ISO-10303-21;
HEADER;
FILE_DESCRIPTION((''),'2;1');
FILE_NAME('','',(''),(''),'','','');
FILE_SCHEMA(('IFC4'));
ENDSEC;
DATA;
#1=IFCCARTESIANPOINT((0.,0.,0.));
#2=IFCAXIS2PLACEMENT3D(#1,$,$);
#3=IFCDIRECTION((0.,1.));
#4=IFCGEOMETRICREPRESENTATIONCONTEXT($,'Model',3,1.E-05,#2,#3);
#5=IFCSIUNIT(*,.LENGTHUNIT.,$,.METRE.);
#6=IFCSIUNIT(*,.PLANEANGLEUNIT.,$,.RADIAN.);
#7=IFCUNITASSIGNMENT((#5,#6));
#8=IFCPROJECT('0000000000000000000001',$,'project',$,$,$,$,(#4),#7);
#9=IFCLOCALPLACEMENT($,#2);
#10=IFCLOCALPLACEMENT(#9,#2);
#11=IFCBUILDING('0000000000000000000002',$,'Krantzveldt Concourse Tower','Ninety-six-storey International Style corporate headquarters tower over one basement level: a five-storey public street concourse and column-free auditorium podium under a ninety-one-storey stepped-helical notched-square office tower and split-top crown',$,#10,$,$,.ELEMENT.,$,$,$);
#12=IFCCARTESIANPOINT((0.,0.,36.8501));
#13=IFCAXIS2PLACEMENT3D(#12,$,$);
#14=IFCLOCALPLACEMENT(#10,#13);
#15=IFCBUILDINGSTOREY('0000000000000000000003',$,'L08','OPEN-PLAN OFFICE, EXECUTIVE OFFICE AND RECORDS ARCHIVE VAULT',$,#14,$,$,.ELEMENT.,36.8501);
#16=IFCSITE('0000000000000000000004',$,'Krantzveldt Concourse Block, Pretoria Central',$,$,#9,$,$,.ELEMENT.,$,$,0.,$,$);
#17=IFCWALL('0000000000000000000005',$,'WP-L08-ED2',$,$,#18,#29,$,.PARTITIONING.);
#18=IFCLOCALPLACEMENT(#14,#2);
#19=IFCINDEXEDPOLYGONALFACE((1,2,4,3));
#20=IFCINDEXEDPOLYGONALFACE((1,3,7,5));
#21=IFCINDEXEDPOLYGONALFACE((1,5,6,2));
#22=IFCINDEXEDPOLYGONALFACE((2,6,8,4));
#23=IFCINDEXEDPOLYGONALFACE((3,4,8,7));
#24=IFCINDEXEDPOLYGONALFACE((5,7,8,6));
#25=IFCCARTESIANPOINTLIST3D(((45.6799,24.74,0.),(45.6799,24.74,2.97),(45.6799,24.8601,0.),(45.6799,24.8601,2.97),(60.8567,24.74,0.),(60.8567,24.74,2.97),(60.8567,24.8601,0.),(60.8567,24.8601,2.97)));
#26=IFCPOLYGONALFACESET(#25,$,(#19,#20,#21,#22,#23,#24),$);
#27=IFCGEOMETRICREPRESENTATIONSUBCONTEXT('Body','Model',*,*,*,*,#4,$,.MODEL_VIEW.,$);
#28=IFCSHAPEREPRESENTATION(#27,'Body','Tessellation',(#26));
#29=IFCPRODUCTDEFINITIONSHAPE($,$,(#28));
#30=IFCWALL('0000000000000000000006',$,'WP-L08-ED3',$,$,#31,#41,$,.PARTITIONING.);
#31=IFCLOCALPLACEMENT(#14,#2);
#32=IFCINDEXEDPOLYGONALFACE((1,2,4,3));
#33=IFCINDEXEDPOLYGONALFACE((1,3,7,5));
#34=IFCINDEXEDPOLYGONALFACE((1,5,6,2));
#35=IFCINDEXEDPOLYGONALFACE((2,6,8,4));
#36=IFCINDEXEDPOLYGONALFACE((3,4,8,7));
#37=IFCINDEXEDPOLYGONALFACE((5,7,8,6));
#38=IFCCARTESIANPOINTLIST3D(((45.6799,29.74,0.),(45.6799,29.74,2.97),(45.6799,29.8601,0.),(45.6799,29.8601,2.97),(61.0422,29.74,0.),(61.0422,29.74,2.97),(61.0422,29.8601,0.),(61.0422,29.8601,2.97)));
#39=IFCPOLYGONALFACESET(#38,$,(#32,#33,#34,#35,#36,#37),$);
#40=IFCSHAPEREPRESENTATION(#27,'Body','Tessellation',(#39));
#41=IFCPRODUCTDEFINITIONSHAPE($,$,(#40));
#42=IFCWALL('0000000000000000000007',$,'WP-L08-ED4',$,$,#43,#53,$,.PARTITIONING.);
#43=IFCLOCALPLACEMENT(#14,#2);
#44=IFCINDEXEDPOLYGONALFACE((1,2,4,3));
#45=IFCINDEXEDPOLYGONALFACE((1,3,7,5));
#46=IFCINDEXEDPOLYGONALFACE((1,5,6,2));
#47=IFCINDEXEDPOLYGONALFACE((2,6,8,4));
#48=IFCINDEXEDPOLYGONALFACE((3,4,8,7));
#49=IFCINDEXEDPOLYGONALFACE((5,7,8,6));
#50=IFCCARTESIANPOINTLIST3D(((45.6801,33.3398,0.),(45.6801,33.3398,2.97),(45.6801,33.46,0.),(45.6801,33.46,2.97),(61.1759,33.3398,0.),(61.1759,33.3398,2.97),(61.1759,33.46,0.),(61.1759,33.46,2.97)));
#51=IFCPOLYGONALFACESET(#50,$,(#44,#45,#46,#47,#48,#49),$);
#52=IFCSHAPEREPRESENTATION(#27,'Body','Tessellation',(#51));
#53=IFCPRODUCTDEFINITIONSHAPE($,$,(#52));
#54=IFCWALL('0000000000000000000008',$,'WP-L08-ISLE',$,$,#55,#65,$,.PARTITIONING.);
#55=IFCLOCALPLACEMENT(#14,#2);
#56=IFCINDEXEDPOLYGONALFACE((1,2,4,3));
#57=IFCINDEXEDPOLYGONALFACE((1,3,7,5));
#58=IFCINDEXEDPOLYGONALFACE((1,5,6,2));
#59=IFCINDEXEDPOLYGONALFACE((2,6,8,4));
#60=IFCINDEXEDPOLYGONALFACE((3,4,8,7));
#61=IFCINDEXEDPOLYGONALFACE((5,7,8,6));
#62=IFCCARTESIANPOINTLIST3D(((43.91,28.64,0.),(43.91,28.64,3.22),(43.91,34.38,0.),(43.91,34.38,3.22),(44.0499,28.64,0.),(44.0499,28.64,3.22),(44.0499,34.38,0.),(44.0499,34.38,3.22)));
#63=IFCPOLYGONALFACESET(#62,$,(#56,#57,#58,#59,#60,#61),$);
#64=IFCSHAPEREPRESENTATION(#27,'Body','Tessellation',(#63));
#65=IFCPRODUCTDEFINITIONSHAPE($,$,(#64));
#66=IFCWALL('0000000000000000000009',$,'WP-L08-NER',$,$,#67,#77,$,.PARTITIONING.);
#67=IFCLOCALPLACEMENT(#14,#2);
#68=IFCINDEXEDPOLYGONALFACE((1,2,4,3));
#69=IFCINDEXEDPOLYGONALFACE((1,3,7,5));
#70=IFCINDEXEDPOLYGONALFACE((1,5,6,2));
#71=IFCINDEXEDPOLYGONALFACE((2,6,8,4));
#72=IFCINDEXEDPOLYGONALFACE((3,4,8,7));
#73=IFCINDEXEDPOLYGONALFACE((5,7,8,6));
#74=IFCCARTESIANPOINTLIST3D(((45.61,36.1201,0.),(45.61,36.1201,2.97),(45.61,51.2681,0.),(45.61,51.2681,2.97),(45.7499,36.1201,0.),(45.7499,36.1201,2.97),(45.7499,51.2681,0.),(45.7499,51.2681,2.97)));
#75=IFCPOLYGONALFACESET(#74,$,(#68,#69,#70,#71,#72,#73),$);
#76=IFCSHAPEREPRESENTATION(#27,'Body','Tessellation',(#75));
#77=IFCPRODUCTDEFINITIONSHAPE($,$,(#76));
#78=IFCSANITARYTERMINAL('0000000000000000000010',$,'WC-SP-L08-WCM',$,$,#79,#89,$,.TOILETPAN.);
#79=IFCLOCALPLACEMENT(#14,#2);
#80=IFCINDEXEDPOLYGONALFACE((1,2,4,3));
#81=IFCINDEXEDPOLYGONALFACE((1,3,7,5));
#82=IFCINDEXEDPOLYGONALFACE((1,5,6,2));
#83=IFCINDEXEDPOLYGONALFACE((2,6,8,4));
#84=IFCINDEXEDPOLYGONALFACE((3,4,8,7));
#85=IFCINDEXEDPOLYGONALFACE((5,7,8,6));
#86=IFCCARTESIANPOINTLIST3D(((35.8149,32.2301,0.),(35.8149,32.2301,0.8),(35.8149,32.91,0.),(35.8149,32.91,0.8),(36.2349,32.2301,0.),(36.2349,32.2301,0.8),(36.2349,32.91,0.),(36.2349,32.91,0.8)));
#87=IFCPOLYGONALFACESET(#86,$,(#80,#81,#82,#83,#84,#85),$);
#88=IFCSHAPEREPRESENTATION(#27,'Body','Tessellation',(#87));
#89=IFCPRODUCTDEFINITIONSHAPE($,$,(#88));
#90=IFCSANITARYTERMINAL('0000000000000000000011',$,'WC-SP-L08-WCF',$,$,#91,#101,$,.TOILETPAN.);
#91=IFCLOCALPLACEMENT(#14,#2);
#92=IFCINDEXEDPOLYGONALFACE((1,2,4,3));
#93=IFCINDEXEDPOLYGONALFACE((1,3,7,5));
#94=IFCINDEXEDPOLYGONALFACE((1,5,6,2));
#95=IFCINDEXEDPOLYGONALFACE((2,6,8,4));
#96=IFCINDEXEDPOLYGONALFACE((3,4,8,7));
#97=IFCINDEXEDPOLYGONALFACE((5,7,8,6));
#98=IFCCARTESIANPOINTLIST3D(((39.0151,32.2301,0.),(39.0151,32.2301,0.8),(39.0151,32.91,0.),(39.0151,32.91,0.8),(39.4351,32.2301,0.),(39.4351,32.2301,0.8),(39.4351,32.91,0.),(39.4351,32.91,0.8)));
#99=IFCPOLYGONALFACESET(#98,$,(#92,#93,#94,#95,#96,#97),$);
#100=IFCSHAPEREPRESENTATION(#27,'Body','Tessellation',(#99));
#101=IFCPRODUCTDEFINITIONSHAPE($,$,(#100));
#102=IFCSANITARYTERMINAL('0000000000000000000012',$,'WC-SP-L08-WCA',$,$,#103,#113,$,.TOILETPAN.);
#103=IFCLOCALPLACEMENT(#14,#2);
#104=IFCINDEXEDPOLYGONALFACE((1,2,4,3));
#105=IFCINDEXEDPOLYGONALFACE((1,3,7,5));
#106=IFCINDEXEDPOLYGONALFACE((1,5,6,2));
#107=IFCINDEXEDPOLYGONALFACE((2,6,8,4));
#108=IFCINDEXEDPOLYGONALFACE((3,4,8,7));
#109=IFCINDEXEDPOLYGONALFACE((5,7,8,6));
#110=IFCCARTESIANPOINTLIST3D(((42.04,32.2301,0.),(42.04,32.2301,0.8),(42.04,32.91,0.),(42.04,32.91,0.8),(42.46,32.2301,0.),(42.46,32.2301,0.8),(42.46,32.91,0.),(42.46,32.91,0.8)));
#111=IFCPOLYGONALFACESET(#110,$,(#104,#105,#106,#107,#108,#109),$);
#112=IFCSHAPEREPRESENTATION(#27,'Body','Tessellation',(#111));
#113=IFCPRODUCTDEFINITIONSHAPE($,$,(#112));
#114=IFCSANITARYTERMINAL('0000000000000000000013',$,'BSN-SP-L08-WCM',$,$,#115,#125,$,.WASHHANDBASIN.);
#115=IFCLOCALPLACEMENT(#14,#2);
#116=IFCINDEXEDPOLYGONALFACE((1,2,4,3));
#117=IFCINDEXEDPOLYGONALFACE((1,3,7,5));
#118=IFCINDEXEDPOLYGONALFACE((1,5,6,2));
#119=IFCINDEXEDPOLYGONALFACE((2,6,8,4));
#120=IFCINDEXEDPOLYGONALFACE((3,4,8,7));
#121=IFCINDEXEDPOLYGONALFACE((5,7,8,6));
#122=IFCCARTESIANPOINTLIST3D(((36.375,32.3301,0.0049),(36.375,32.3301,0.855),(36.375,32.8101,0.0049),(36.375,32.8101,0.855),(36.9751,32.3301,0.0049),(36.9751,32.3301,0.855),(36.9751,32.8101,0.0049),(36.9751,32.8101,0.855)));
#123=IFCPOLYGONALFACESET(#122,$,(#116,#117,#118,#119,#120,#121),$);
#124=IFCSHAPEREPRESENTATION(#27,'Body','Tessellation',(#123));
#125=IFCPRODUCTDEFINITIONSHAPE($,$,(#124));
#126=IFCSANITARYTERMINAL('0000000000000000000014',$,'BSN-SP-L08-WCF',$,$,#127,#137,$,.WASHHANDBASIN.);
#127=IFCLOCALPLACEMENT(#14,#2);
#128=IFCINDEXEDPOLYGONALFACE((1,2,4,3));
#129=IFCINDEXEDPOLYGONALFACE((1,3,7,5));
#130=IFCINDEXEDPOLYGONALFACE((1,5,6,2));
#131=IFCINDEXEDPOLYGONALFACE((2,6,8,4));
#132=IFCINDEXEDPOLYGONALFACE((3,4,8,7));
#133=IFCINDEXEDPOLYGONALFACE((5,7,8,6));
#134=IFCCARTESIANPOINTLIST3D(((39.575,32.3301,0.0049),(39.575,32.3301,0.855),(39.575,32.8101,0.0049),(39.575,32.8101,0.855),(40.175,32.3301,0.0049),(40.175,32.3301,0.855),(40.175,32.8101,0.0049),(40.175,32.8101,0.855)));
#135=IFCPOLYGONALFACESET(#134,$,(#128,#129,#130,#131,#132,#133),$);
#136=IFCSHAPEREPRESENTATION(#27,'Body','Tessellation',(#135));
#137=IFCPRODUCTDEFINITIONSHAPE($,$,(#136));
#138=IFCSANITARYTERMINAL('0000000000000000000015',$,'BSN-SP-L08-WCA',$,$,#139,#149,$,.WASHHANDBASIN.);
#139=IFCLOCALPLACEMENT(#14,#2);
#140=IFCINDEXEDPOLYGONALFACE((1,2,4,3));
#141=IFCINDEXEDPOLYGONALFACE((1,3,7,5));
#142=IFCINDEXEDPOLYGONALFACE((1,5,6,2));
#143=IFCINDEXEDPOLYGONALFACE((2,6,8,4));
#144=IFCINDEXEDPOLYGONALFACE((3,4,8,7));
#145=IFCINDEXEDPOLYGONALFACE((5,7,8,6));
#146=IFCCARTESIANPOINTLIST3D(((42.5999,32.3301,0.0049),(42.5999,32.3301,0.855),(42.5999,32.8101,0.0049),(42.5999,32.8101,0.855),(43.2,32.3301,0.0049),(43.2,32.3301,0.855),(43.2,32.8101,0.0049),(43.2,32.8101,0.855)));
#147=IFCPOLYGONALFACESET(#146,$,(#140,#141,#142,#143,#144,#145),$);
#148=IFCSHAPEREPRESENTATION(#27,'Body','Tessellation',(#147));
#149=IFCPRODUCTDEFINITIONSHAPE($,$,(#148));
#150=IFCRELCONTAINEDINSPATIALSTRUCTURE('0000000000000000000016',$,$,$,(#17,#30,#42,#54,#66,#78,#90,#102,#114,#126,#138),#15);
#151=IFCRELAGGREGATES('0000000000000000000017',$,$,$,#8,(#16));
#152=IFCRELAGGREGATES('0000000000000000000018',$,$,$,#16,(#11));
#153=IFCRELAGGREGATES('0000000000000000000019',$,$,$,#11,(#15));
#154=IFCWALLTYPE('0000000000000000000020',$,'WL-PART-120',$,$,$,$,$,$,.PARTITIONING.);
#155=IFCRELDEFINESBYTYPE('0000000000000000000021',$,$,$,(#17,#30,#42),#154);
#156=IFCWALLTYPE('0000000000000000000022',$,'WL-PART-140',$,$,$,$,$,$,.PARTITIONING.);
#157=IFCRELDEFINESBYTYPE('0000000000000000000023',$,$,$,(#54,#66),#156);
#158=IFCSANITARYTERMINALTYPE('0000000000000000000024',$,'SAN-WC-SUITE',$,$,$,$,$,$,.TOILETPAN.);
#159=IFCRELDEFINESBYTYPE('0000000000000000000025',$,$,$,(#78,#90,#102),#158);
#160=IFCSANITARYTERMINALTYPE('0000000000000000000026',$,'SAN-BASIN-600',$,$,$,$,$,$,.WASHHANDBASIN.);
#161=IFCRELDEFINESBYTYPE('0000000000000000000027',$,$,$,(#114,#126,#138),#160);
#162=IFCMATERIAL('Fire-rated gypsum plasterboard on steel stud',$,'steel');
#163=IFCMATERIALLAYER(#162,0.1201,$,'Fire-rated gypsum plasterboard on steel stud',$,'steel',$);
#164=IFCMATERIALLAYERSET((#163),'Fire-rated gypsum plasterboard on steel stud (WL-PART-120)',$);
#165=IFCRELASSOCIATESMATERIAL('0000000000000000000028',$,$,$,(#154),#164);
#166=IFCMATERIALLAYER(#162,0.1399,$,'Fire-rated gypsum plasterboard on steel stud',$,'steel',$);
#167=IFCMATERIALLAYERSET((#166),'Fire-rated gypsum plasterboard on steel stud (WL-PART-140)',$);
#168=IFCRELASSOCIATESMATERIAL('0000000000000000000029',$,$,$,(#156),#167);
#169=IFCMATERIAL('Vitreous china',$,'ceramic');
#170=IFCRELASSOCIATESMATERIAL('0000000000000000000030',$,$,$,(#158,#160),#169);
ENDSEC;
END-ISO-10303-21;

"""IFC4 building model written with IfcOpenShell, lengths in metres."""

from ifc_helpers import new_model, si_unit, direction, frame, frame_2d, origin, origin_2d, place, context, subcontext, project, spatial, rectangle, extrude, source, transform, mapped, material, layer, layer_set, type_object, type_shapes, element, save


model = new_model("IFC4")

# Units and contexts
model_context = context("Model", 3, precision=1e-05, world=origin(), true_north=direction((0.0, 1.0)))
body_context = subcontext(model_context, "Body", "Model", "MODEL_VIEW")
ifc_project = project(units=[si_unit("LENGTHUNIT", "METRE"), si_unit("PLANEANGLEUNIT", "RADIAN")], contexts=[model_context])

# Site, building, storey
site_placement = place(None, origin())
site = spatial("IfcSite", under=ifc_project, at=site_placement, Name="Krantzveldt Concourse Block, Pretoria Central", CompositionType="ELEMENT", RefElevation=0.0)
building_placement = place(site_placement, origin())
building = spatial("IfcBuilding", under=site, at=building_placement, Name="Krantzveldt Concourse Tower", Description="Ninety-six-storey International Style corporate headquarters tower over one basement level: a five-storey public street concourse and column-free auditorium podium under a ninety-one-storey stepped-helical notched-square office tower and split-top crown", CompositionType="ELEMENT")
storey_placement = place(building_placement, frame((0.0, 0.0, 36.8501)))
storey = spatial("IfcBuildingStorey", under=building, at=storey_placement, Name="L08", Description="OPEN-PLAN OFFICE, EXECUTIVE OFFICE AND RECORDS ARCHIVE VAULT", CompositionType="ELEMENT", Elevation=36.8501)

# Walls
ifc_material_1 = material(Name="Fire-rated gypsum plasterboard on steel stud", Category="steel")
ifc_layer_1 = layer(ifc_material_1, 0.1201, Name="Fire-rated gypsum plasterboard on steel stud", Category="steel")
ifc_layer_set_1 = layer_set([ifc_layer_1], Name="Fire-rated gypsum plasterboard on steel stud (WL-PART-120)")
wall_type_1 = type_object("IfcWallType", Name="WL-PART-120", PredefinedType="PARTITIONING", material=ifc_layer_set_1)
wall_1_placement = place(storey_placement, frame((45.6799, 24.8, 0.0), z_axis=(0.0, 0.0, 1.0), x_axis=(1.0, 0.0, 0.0)))
element("IfcWall", 1, at=wall_1_placement, inside=storey, type_object=wall_type_1, Name="WP-L08-ED2", PredefinedType="PARTITIONING", context=body_context, shape_type="SweptSolid", body=[
    extrude(rectangle(XDim=15.1768, YDim=0.1201, at=frame_2d((7.5884, 0.0))), origin(), (0.0, 0.0, 1.0), 2.97),
])
wall_2_placement = place(storey_placement, frame((45.6799, 29.8, 0.0), z_axis=(0.0, 0.0, 1.0), x_axis=(1.0, 0.0, 0.0)))
element("IfcWall", 2, at=wall_2_placement, inside=storey, type_object=wall_type_1, Name="WP-L08-ED3", PredefinedType="PARTITIONING", context=body_context, shape_type="SweptSolid", body=[
    extrude(rectangle(XDim=15.3623, YDim=0.1201, at=frame_2d((7.6812, 0.0))), origin(), (0.0, 0.0, 1.0), 2.97),
])
wall_3_placement = place(storey_placement, frame((45.6799, 33.3999, 0.0), z_axis=(0.0, 0.0, 1.0), x_axis=(1.0, 0.0, 0.0)))
element("IfcWall", 3, at=wall_3_placement, inside=storey, type_object=wall_type_1, Name="WP-L08-ED4", PredefinedType="PARTITIONING", context=body_context, shape_type="SweptSolid", body=[
    extrude(rectangle(XDim=15.4958, YDim=0.1201, at=frame_2d((7.748, 0.0))), origin(), (0.0, 0.0, 1.0), 2.97),
])
ifc_layer_2 = layer(ifc_material_1, 0.1399, Name="Fire-rated gypsum plasterboard on steel stud", Category="steel")
ifc_layer_set_2 = layer_set([ifc_layer_2], Name="Fire-rated gypsum plasterboard on steel stud (WL-PART-140)")
wall_type_2 = type_object("IfcWallType", Name="WL-PART-140", PredefinedType="PARTITIONING", material=ifc_layer_set_2)
wall_4_placement = place(storey_placement, frame((43.98, 28.6399, 0.0), z_axis=(0.0, 0.0, 1.0), x_axis=(0.0, 1.0, 0.0)))
element("IfcWall", 4, at=wall_4_placement, inside=storey, type_object=wall_type_2, Name="WP-L08-ISLE", PredefinedType="PARTITIONING", context=body_context, shape_type="SweptSolid", body=[
    extrude(rectangle(XDim=5.74, YDim=0.1399, at=frame_2d((2.8701, 0.0))), origin(), (0.0, 0.0, 1.0), 3.22),
])
wall_5_placement = place(storey_placement, frame((45.6799, 36.1201, 0.0), z_axis=(0.0, 0.0, 1.0), x_axis=(0.0, 1.0, 0.0)))
element("IfcWall", 5, at=wall_5_placement, inside=storey, type_object=wall_type_2, Name="WP-L08-NER", PredefinedType="PARTITIONING", context=body_context, shape_type="SweptSolid", body=[
    extrude(rectangle(XDim=15.1479, YDim=0.1399, at=frame_2d((7.574, 0.0))), origin(), (0.0, 0.0, 1.0), 2.97),
])

# Sanitary terminals
ifc_material_2 = material(Name="Vitreous china", Category="ceramic")
sanitary_terminal_type_1 = type_object("IfcSanitaryTerminalType", Name="SAN-WC-SUITE", PredefinedType="TOILETPAN", material=ifc_material_2)
shared_shape_1 = source(origin(), body_context, "Body", "SweptSolid", [
    extrude(rectangle(XDim=0.4199, YDim=0.6799, at=origin_2d()), origin(), (0.0, 0.0, 1.0), 0.8),
])
type_shapes(sanitary_terminal_type_1, [shared_shape_1])
for number, where, z_axis, x_axis, name in (
    (6, (36.0249, 32.5701, 0.0), (0.0, 0.0, 1.0), (1.0, 0.0, 0.0), "WC-SP-L08-WCM"),
    (7, (39.2251, 32.5701, 0.0), (0.0, 0.0, 1.0), (1.0, 0.0, 0.0), "WC-SP-L08-WCF"),
    (8, (42.25, 32.5701, 0.0), (0.0, 0.0, 1.0), (1.0, 0.0, 0.0), "WC-SP-L08-WCA"),
):
    element("IfcSanitaryTerminal", number, at=place(storey_placement, frame(where, z_axis=z_axis, x_axis=x_axis)), inside=storey, type_object=sanitary_terminal_type_1, Name=name, PredefinedType="TOILETPAN", context=body_context, shape_type="MappedRepresentation", body=[
        mapped(shared_shape_1, transform((0.0, 0.0, 0.0), x_axis=(1.0, 0.0, 0.0), y_axis=(0.0, 1.0, 0.0), z_axis=(0.0, 0.0, 1.0), scale=1.0)),
    ])
sanitary_terminal_type_2 = type_object("IfcSanitaryTerminalType", Name="SAN-BASIN-600", PredefinedType="WASHHANDBASIN", material=ifc_material_2)
shared_shape_2 = source(origin(), body_context, "Body", "SweptSolid", [
    extrude(rectangle(XDim=0.6001, YDim=0.48, at=origin_2d()), origin(), (0.0, 0.0, 1.0), 0.8501),
])
type_shapes(sanitary_terminal_type_2, [shared_shape_2])
for number, where, z_axis, x_axis, name in (
    (9, (36.675, 32.5701, 0.0049), (0.0, 0.0, 1.0), (1.0, 0.0, 0.0), "BSN-SP-L08-WCM"),
    (10, (39.875, 32.5701, 0.0049), (0.0, 0.0, 1.0), (1.0, 0.0, 0.0), "BSN-SP-L08-WCF"),
    (11, (42.8999, 32.5701, 0.0049), (0.0, 0.0, 1.0), (1.0, 0.0, 0.0), "BSN-SP-L08-WCA"),
):
    element("IfcSanitaryTerminal", number, at=place(storey_placement, frame(where, z_axis=z_axis, x_axis=x_axis)), inside=storey, type_object=sanitary_terminal_type_2, Name=name, PredefinedType="WASHHANDBASIN", context=body_context, shape_type="MappedRepresentation", body=[
        mapped(shared_shape_2, transform((0.0, 0.0, 0.0), x_axis=(1.0, 0.0, 0.0), y_axis=(0.0, 1.0, 0.0), z_axis=(0.0, 0.0, 1.0), scale=1.0)),
    ])

save(model, "model.ifc")
